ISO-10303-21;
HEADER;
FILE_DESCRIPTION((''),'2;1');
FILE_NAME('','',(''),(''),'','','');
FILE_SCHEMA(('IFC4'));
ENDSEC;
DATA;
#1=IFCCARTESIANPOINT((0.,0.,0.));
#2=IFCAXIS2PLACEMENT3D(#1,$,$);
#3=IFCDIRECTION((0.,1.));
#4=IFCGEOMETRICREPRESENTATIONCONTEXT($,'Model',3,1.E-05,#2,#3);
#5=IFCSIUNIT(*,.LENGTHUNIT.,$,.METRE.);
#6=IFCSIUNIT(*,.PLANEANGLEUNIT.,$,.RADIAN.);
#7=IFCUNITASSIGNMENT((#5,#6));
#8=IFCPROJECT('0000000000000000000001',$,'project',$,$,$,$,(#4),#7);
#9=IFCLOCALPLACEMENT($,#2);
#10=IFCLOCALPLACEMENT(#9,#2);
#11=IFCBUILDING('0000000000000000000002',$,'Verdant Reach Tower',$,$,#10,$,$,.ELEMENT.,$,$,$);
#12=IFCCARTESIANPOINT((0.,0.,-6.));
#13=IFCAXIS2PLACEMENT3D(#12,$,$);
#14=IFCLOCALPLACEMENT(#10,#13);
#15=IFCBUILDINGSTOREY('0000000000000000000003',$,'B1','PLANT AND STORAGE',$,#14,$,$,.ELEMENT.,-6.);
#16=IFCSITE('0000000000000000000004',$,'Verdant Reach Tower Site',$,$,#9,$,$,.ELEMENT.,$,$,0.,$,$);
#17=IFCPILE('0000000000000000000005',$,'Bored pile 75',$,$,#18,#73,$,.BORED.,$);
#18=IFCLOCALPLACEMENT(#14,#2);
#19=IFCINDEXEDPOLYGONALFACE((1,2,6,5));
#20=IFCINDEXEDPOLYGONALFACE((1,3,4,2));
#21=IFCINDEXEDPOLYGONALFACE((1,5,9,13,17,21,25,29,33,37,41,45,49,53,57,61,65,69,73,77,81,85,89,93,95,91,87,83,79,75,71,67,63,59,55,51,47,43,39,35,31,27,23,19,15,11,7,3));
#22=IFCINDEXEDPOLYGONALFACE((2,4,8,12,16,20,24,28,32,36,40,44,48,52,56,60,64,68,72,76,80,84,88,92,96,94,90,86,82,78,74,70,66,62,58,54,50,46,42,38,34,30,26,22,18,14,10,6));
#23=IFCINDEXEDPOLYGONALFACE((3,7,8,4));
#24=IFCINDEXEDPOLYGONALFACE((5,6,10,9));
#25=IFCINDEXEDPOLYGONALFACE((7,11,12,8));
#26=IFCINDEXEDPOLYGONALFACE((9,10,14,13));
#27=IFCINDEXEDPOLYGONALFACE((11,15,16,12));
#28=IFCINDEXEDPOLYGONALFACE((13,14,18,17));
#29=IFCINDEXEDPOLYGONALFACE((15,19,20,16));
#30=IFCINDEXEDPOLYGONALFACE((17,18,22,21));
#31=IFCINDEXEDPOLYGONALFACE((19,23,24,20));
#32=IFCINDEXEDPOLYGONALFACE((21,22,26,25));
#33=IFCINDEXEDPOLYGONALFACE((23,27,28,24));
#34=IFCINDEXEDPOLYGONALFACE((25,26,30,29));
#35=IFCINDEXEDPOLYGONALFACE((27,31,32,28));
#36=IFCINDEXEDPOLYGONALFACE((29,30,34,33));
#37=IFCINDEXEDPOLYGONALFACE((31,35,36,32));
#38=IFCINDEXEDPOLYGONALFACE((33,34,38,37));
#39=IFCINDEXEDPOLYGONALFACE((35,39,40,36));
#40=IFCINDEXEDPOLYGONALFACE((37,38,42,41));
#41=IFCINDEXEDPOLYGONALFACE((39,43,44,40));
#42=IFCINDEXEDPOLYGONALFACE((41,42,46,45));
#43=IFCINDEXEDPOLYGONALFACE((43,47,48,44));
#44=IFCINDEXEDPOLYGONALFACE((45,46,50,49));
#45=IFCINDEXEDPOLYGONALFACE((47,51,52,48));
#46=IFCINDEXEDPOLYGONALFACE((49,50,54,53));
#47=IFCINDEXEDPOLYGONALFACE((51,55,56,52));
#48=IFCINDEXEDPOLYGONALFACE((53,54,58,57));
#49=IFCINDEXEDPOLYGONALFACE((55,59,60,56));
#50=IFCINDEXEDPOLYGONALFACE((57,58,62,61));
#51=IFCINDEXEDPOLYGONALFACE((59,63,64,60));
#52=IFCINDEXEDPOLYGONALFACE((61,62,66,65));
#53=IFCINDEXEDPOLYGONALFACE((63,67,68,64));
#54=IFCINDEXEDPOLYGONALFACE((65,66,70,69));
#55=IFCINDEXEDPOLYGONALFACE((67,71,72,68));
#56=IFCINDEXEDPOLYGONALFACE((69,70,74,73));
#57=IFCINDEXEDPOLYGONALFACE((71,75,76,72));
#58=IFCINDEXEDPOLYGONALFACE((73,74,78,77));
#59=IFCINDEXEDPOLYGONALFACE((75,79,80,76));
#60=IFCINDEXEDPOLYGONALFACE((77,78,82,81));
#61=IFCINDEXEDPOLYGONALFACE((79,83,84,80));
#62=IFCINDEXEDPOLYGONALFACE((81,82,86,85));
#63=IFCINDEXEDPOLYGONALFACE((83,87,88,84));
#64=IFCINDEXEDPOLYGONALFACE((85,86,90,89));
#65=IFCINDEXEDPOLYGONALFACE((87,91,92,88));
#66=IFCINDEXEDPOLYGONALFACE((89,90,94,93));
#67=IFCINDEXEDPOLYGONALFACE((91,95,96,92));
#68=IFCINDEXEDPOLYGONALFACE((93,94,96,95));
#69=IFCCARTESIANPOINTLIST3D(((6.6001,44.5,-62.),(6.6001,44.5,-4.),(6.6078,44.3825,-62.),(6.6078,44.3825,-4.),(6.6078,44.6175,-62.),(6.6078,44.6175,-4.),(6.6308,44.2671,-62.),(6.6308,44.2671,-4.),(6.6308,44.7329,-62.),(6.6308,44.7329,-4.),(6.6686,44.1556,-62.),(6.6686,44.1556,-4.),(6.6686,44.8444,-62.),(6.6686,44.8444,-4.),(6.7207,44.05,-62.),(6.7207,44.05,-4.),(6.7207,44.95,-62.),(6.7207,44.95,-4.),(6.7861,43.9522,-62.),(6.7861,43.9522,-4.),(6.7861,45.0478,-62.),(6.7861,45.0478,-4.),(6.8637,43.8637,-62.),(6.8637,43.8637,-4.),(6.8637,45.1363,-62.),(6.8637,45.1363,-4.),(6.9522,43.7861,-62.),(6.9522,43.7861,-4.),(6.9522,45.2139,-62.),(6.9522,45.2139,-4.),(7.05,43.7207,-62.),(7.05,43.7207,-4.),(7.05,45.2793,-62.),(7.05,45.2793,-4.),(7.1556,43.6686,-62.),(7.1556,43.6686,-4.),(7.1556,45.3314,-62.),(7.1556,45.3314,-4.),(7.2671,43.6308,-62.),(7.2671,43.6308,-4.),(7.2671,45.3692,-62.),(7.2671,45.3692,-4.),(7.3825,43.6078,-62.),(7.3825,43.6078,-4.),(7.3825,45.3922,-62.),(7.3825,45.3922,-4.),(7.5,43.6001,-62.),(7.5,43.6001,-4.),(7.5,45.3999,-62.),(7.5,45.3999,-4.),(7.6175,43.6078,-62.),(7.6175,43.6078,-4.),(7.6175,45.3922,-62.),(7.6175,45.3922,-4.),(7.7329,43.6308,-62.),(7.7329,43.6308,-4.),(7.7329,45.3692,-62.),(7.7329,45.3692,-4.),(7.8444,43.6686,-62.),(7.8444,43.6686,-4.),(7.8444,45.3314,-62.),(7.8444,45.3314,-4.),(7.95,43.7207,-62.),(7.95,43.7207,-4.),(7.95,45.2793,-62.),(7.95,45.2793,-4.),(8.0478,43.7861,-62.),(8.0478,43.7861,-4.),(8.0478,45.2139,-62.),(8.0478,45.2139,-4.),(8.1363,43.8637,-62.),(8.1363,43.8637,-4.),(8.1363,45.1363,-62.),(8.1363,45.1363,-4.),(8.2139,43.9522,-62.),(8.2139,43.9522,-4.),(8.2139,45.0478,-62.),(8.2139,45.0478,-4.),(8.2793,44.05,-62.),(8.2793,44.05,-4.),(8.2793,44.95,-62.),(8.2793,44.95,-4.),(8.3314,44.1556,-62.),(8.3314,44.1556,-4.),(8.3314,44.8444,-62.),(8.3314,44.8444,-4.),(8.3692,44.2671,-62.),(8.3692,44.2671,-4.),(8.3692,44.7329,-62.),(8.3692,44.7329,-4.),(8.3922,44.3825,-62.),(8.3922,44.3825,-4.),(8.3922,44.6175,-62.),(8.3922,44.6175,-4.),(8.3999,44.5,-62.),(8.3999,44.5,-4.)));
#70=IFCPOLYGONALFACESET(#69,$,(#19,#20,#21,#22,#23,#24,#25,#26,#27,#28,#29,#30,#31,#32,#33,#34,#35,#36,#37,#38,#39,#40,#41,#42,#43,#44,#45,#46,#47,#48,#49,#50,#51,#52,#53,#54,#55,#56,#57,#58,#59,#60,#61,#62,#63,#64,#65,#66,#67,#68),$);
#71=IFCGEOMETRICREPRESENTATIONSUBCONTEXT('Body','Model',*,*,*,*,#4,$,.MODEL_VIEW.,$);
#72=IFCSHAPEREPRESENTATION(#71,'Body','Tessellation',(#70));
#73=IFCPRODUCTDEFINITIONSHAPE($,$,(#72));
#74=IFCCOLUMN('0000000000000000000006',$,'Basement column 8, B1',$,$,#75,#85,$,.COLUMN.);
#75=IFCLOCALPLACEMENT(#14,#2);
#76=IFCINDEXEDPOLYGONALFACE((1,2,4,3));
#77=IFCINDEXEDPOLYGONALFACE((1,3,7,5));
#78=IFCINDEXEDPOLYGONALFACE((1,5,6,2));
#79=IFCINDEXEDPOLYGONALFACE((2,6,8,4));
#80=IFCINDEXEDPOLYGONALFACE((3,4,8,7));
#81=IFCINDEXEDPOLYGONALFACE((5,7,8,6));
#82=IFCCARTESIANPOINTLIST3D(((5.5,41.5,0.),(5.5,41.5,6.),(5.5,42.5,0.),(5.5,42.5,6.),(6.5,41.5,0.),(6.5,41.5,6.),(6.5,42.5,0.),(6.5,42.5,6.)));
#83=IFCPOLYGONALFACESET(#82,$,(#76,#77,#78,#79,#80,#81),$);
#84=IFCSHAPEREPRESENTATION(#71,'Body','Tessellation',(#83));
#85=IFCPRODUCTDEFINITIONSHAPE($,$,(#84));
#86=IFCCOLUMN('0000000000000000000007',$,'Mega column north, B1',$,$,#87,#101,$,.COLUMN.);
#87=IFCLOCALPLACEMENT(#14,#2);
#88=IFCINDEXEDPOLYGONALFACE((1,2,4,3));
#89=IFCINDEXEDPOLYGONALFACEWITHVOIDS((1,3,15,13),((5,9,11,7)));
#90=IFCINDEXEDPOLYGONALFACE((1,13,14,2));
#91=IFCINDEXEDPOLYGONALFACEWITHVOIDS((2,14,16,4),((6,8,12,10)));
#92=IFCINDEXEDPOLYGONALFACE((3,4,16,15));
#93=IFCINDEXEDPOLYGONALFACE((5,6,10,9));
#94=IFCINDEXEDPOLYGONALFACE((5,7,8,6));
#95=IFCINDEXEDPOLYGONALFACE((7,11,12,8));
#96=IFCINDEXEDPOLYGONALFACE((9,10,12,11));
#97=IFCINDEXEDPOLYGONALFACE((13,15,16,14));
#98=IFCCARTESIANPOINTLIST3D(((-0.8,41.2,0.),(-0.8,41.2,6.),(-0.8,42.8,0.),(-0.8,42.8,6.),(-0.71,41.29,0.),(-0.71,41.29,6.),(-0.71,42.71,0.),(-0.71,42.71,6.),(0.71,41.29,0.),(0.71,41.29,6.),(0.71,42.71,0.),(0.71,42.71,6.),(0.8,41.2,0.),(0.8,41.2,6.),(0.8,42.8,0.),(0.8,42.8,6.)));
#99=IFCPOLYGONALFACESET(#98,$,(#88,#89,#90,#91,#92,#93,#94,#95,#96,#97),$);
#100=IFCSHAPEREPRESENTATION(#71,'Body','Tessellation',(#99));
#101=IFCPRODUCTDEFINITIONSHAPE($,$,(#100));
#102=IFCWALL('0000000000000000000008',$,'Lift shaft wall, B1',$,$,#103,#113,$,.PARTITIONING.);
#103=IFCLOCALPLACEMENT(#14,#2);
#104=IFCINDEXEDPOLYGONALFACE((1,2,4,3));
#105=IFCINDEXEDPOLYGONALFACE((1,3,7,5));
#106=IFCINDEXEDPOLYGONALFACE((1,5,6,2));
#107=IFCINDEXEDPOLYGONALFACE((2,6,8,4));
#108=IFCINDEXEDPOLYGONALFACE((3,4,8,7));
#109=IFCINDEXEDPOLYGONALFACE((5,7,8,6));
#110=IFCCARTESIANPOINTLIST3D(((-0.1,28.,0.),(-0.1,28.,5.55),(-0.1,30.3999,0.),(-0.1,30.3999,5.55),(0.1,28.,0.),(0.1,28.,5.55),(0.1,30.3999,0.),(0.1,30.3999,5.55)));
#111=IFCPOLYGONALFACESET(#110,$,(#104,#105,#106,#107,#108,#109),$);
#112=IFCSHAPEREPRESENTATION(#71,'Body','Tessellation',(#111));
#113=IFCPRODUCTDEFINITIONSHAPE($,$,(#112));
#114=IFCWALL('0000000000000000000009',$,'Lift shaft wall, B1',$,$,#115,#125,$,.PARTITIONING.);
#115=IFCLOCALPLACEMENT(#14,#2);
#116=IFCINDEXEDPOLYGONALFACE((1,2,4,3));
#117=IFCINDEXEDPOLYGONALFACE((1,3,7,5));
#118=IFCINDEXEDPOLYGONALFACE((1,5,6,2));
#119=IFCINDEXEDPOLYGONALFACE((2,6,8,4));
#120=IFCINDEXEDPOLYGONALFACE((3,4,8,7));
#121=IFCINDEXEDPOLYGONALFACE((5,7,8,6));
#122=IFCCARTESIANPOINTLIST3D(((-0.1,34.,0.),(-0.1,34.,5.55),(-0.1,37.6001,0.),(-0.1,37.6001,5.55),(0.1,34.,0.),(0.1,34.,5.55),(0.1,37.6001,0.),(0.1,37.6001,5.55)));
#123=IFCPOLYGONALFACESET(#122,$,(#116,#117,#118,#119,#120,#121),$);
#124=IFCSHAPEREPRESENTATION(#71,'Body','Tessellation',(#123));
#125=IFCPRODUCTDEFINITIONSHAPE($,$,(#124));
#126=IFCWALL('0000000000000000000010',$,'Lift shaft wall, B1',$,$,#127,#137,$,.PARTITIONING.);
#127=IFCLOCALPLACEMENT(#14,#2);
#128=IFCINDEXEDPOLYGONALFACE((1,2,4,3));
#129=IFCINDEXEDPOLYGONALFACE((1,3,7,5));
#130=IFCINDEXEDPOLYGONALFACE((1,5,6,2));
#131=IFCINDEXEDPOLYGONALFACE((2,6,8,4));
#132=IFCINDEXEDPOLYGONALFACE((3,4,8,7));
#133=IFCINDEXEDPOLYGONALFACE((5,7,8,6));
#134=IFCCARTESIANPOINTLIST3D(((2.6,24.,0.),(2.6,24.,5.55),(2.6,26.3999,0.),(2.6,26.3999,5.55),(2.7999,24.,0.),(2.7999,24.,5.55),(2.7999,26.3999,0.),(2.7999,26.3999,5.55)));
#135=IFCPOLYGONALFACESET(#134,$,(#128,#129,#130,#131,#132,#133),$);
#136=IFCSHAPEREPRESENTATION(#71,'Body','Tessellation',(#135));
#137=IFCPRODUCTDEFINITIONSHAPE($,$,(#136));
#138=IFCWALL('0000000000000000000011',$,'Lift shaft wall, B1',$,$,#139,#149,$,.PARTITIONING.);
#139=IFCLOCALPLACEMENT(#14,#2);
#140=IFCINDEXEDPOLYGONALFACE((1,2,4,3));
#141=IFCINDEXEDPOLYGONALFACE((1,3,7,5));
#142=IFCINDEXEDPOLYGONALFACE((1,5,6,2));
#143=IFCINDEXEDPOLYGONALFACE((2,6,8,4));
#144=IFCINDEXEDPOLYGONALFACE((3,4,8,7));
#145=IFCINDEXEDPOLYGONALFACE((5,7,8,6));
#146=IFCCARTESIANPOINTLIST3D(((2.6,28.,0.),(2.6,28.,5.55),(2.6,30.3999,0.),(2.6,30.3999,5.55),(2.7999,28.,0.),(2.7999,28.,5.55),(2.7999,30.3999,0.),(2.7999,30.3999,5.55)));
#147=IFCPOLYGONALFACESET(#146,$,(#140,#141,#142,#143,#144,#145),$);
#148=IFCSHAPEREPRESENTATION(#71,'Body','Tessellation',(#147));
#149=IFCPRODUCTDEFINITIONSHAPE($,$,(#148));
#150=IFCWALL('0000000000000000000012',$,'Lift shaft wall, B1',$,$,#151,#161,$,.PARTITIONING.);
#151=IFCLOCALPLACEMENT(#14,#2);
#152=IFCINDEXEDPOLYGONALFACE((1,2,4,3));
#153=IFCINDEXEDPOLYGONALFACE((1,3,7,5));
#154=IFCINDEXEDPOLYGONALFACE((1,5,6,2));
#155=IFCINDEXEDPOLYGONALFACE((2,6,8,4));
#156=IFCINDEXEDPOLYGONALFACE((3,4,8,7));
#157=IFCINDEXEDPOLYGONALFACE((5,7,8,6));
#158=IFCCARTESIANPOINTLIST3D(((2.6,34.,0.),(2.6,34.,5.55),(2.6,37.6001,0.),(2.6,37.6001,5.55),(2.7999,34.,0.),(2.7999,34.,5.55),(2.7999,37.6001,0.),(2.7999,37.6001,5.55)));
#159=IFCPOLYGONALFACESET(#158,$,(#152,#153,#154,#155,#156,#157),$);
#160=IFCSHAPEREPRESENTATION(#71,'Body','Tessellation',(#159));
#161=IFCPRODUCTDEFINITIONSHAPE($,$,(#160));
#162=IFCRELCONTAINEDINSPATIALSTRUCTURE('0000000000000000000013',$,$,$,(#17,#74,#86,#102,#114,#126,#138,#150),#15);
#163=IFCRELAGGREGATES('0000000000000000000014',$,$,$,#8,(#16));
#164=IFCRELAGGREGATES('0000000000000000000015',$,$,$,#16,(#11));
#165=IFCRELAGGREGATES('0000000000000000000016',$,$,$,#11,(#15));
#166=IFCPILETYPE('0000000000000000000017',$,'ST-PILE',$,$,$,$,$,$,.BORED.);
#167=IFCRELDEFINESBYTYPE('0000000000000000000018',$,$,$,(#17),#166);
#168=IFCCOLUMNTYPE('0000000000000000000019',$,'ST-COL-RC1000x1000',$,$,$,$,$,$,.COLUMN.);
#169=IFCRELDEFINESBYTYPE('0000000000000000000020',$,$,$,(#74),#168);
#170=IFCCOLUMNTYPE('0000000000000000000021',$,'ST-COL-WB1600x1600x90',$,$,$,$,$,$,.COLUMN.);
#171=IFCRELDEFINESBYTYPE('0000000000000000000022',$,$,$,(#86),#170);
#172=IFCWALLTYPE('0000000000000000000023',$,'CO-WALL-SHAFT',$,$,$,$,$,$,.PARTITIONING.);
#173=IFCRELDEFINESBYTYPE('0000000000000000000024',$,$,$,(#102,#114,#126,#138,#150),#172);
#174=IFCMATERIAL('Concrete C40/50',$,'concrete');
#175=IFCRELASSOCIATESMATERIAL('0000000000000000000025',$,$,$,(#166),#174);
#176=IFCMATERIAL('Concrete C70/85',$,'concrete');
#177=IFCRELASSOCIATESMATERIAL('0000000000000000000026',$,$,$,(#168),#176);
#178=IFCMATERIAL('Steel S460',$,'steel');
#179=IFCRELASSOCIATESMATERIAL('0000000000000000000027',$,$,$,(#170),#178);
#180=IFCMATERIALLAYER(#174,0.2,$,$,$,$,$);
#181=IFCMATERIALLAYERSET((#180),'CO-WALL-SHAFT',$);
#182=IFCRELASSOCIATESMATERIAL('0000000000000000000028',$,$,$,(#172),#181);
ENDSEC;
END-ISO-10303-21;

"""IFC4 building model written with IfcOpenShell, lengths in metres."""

from ifc_helpers import new_model, si_unit, direction, frame, frame_2d, origin, origin_2d, place, context, subcontext, project, spatial, rectangle, hollow_rectangle, circle, extrude, material, layer, layer_set, material_profile, profile_set, type_object, element, save


model = new_model("IFC4")

# Units and contexts
model_context = context("Model", 3, precision=1e-05, world=origin(), true_north=direction((0.0, 1.0)))
body_context = subcontext(model_context, "Body", "Model", "MODEL_VIEW")
ifc_project = project(units=[si_unit("LENGTHUNIT", "METRE"), si_unit("PLANEANGLEUNIT", "RADIAN")], contexts=[model_context])

# Site, building, storey
site_placement = place(None, origin())
site = spatial("IfcSite", under=ifc_project, at=site_placement, Name="Verdant Reach Tower Site", CompositionType="ELEMENT", RefElevation=0.0)
building_placement = place(site_placement, origin())
building = spatial("IfcBuilding", under=site, at=building_placement, Name="Verdant Reach Tower", CompositionType="ELEMENT")
storey_placement = place(building_placement, frame((0.0, 0.0, -6.0)))
storey = spatial("IfcBuildingStorey", under=building, at=storey_placement, Name="B1", Description="PLANT AND STORAGE", CompositionType="ELEMENT", Elevation=-6.0)

# Pile
ifc_material_1 = material(Name="Concrete C40/50", Category="concrete")
ifc_material_profile_1 = material_profile(ifc_material_1, circle(Radius=0.8999, at=origin_2d()), Name="BP 1800")
ifc_profile_set_1 = profile_set([ifc_material_profile_1], Name="Concrete C40/50")
pile_type = type_object("IfcPileType", Name="ST-PILE", PredefinedType="BORED", material=ifc_profile_set_1)
for number, where, z_axis, x_axis, name in (
    (1, (7.5, 44.5, -4.0), (0.0, 0.0, -1.0), (1.0, 0.0, 0.0), "Bored pile 75"),
):
    element("IfcPile", number, at=place(storey_placement, frame(where, z_axis=z_axis, x_axis=x_axis)), inside=storey, type_object=pile_type, Name=name, PredefinedType="BORED", context=body_context, shape_type="SweptSolid", body=[
        extrude(circle(Radius=0.8999, at=origin_2d()), origin(), (0.0, 0.0, 1.0), 58.0),
    ])

# Columns
ifc_material_2 = material(Name="Concrete C70/85", Category="concrete")
ifc_material_profile_2 = material_profile(ifc_material_2, rectangle(XDim=1.0, YDim=1.0, at=origin_2d()), Name="RC 1000x1000")
ifc_profile_set_2 = profile_set([ifc_material_profile_2], Name="Concrete C70/85")
column_type_1 = type_object("IfcColumnType", Name="ST-COL-RC1000x1000", PredefinedType="COLUMN", material=ifc_profile_set_2)
column_1_placement = place(storey_placement, frame((6.0, 42.0, 0.0), z_axis=(0.0, 0.0, 1.0), x_axis=(1.0, 0.0, 0.0)))
element("IfcColumn", 2, at=column_1_placement, inside=storey, type_object=column_type_1, Name="Basement column 8, B1", PredefinedType="COLUMN", context=body_context, shape_type="SweptSolid", body=[
    extrude(rectangle(XDim=1.0, YDim=1.0, at=origin_2d()), origin(), (0.0, 0.0, 1.0), 6.0),
])
ifc_material_3 = material(Name="Steel S460", Category="steel")
ifc_material_profile_3 = material_profile(ifc_material_3, hollow_rectangle(XDim=1.6001, YDim=1.6001, WallThickness=0.0901, at=origin_2d()), Name="WB 1600x1600x90")
ifc_profile_set_3 = profile_set([ifc_material_profile_3], Name="Steel S460")
column_type_2 = type_object("IfcColumnType", Name="ST-COL-WB1600x1600x90", PredefinedType="COLUMN", material=ifc_profile_set_3)
column_2_placement = place(storey_placement, frame((0.0, 42.0, 0.0), z_axis=(0.0, 0.0, 1.0), x_axis=(1.0, 0.0, 0.0)))
element("IfcColumn", 3, at=column_2_placement, inside=storey, type_object=column_type_2, Name="Mega column north, B1", PredefinedType="COLUMN", context=body_context, shape_type="SweptSolid", body=[
    extrude(hollow_rectangle(XDim=1.6001, YDim=1.6001, WallThickness=0.0901, at=origin_2d()), origin(), (0.0, 0.0, 1.0), 6.0),
])

# Walls
ifc_layer_1 = layer(ifc_material_1, 0.2)
ifc_layer_set_1 = layer_set([ifc_layer_1], Name="CO-WALL-SHAFT")
wall_type_1 = type_object("IfcWallType", Name="CO-WALL-SHAFT", PredefinedType="PARTITIONING", material=ifc_layer_set_1)
wall_1_placement = place(storey_placement, frame((0.0, 28.0, 0.0), z_axis=(0.0, 0.0, 1.0), x_axis=(0.0, 1.0, 0.0)))
element("IfcWall", 4, at=wall_1_placement, inside=storey, type_object=wall_type_1, Name="Lift shaft wall, B1", PredefinedType="PARTITIONING", context=body_context, shape_type="SweptSolid", body=[
    extrude(rectangle(XDim=2.3999, YDim=0.2, at=frame_2d((1.2, 0.0))), origin(), (0.0, 0.0, 1.0), 5.55),
])
wall_2_placement = place(storey_placement, frame((0.0, 34.0, 0.0), z_axis=(0.0, 0.0, 1.0), x_axis=(0.0, 1.0, 0.0)))
element("IfcWall", 5, at=wall_2_placement, inside=storey, type_object=wall_type_1, Name="Lift shaft wall, B1", PredefinedType="PARTITIONING", context=body_context, shape_type="SweptSolid", body=[
    extrude(rectangle(XDim=3.6001, YDim=0.2, at=frame_2d((1.8, 0.0))), origin(), (0.0, 0.0, 1.0), 5.55),
])
for number, where, z_axis, x_axis, name in (
    (6, (2.7, 24.0, 0.0), (0.0, 0.0, 1.0), (0.0, 1.0, 0.0), "Lift shaft wall, B1"),
    (7, (2.7, 28.0, 0.0), (0.0, 0.0, 1.0), (0.0, 1.0, 0.0), "Lift shaft wall, B1"),
):
    element("IfcWall", number, at=place(storey_placement, frame(where, z_axis=z_axis, x_axis=x_axis)), inside=storey, type_object=wall_type_1, Name=name, PredefinedType="PARTITIONING", context=body_context, shape_type="SweptSolid", body=[
        extrude(rectangle(XDim=2.3999, YDim=0.2, at=frame_2d((1.2, 0.0))), origin(), (0.0, 0.0, 1.0), 5.55),
    ])
wall_3_placement = place(storey_placement, frame((2.7, 34.0, 0.0), z_axis=(0.0, 0.0, 1.0), x_axis=(0.0, 1.0, 0.0)))
element("IfcWall", 8, at=wall_3_placement, inside=storey, type_object=wall_type_1, Name="Lift shaft wall, B1", PredefinedType="PARTITIONING", context=body_context, shape_type="SweptSolid", body=[
    extrude(rectangle(XDim=3.6001, YDim=0.2, at=frame_2d((1.8, 0.0))), origin(), (0.0, 0.0, 1.0), 5.55),
])

save(model, "model.ifc")
